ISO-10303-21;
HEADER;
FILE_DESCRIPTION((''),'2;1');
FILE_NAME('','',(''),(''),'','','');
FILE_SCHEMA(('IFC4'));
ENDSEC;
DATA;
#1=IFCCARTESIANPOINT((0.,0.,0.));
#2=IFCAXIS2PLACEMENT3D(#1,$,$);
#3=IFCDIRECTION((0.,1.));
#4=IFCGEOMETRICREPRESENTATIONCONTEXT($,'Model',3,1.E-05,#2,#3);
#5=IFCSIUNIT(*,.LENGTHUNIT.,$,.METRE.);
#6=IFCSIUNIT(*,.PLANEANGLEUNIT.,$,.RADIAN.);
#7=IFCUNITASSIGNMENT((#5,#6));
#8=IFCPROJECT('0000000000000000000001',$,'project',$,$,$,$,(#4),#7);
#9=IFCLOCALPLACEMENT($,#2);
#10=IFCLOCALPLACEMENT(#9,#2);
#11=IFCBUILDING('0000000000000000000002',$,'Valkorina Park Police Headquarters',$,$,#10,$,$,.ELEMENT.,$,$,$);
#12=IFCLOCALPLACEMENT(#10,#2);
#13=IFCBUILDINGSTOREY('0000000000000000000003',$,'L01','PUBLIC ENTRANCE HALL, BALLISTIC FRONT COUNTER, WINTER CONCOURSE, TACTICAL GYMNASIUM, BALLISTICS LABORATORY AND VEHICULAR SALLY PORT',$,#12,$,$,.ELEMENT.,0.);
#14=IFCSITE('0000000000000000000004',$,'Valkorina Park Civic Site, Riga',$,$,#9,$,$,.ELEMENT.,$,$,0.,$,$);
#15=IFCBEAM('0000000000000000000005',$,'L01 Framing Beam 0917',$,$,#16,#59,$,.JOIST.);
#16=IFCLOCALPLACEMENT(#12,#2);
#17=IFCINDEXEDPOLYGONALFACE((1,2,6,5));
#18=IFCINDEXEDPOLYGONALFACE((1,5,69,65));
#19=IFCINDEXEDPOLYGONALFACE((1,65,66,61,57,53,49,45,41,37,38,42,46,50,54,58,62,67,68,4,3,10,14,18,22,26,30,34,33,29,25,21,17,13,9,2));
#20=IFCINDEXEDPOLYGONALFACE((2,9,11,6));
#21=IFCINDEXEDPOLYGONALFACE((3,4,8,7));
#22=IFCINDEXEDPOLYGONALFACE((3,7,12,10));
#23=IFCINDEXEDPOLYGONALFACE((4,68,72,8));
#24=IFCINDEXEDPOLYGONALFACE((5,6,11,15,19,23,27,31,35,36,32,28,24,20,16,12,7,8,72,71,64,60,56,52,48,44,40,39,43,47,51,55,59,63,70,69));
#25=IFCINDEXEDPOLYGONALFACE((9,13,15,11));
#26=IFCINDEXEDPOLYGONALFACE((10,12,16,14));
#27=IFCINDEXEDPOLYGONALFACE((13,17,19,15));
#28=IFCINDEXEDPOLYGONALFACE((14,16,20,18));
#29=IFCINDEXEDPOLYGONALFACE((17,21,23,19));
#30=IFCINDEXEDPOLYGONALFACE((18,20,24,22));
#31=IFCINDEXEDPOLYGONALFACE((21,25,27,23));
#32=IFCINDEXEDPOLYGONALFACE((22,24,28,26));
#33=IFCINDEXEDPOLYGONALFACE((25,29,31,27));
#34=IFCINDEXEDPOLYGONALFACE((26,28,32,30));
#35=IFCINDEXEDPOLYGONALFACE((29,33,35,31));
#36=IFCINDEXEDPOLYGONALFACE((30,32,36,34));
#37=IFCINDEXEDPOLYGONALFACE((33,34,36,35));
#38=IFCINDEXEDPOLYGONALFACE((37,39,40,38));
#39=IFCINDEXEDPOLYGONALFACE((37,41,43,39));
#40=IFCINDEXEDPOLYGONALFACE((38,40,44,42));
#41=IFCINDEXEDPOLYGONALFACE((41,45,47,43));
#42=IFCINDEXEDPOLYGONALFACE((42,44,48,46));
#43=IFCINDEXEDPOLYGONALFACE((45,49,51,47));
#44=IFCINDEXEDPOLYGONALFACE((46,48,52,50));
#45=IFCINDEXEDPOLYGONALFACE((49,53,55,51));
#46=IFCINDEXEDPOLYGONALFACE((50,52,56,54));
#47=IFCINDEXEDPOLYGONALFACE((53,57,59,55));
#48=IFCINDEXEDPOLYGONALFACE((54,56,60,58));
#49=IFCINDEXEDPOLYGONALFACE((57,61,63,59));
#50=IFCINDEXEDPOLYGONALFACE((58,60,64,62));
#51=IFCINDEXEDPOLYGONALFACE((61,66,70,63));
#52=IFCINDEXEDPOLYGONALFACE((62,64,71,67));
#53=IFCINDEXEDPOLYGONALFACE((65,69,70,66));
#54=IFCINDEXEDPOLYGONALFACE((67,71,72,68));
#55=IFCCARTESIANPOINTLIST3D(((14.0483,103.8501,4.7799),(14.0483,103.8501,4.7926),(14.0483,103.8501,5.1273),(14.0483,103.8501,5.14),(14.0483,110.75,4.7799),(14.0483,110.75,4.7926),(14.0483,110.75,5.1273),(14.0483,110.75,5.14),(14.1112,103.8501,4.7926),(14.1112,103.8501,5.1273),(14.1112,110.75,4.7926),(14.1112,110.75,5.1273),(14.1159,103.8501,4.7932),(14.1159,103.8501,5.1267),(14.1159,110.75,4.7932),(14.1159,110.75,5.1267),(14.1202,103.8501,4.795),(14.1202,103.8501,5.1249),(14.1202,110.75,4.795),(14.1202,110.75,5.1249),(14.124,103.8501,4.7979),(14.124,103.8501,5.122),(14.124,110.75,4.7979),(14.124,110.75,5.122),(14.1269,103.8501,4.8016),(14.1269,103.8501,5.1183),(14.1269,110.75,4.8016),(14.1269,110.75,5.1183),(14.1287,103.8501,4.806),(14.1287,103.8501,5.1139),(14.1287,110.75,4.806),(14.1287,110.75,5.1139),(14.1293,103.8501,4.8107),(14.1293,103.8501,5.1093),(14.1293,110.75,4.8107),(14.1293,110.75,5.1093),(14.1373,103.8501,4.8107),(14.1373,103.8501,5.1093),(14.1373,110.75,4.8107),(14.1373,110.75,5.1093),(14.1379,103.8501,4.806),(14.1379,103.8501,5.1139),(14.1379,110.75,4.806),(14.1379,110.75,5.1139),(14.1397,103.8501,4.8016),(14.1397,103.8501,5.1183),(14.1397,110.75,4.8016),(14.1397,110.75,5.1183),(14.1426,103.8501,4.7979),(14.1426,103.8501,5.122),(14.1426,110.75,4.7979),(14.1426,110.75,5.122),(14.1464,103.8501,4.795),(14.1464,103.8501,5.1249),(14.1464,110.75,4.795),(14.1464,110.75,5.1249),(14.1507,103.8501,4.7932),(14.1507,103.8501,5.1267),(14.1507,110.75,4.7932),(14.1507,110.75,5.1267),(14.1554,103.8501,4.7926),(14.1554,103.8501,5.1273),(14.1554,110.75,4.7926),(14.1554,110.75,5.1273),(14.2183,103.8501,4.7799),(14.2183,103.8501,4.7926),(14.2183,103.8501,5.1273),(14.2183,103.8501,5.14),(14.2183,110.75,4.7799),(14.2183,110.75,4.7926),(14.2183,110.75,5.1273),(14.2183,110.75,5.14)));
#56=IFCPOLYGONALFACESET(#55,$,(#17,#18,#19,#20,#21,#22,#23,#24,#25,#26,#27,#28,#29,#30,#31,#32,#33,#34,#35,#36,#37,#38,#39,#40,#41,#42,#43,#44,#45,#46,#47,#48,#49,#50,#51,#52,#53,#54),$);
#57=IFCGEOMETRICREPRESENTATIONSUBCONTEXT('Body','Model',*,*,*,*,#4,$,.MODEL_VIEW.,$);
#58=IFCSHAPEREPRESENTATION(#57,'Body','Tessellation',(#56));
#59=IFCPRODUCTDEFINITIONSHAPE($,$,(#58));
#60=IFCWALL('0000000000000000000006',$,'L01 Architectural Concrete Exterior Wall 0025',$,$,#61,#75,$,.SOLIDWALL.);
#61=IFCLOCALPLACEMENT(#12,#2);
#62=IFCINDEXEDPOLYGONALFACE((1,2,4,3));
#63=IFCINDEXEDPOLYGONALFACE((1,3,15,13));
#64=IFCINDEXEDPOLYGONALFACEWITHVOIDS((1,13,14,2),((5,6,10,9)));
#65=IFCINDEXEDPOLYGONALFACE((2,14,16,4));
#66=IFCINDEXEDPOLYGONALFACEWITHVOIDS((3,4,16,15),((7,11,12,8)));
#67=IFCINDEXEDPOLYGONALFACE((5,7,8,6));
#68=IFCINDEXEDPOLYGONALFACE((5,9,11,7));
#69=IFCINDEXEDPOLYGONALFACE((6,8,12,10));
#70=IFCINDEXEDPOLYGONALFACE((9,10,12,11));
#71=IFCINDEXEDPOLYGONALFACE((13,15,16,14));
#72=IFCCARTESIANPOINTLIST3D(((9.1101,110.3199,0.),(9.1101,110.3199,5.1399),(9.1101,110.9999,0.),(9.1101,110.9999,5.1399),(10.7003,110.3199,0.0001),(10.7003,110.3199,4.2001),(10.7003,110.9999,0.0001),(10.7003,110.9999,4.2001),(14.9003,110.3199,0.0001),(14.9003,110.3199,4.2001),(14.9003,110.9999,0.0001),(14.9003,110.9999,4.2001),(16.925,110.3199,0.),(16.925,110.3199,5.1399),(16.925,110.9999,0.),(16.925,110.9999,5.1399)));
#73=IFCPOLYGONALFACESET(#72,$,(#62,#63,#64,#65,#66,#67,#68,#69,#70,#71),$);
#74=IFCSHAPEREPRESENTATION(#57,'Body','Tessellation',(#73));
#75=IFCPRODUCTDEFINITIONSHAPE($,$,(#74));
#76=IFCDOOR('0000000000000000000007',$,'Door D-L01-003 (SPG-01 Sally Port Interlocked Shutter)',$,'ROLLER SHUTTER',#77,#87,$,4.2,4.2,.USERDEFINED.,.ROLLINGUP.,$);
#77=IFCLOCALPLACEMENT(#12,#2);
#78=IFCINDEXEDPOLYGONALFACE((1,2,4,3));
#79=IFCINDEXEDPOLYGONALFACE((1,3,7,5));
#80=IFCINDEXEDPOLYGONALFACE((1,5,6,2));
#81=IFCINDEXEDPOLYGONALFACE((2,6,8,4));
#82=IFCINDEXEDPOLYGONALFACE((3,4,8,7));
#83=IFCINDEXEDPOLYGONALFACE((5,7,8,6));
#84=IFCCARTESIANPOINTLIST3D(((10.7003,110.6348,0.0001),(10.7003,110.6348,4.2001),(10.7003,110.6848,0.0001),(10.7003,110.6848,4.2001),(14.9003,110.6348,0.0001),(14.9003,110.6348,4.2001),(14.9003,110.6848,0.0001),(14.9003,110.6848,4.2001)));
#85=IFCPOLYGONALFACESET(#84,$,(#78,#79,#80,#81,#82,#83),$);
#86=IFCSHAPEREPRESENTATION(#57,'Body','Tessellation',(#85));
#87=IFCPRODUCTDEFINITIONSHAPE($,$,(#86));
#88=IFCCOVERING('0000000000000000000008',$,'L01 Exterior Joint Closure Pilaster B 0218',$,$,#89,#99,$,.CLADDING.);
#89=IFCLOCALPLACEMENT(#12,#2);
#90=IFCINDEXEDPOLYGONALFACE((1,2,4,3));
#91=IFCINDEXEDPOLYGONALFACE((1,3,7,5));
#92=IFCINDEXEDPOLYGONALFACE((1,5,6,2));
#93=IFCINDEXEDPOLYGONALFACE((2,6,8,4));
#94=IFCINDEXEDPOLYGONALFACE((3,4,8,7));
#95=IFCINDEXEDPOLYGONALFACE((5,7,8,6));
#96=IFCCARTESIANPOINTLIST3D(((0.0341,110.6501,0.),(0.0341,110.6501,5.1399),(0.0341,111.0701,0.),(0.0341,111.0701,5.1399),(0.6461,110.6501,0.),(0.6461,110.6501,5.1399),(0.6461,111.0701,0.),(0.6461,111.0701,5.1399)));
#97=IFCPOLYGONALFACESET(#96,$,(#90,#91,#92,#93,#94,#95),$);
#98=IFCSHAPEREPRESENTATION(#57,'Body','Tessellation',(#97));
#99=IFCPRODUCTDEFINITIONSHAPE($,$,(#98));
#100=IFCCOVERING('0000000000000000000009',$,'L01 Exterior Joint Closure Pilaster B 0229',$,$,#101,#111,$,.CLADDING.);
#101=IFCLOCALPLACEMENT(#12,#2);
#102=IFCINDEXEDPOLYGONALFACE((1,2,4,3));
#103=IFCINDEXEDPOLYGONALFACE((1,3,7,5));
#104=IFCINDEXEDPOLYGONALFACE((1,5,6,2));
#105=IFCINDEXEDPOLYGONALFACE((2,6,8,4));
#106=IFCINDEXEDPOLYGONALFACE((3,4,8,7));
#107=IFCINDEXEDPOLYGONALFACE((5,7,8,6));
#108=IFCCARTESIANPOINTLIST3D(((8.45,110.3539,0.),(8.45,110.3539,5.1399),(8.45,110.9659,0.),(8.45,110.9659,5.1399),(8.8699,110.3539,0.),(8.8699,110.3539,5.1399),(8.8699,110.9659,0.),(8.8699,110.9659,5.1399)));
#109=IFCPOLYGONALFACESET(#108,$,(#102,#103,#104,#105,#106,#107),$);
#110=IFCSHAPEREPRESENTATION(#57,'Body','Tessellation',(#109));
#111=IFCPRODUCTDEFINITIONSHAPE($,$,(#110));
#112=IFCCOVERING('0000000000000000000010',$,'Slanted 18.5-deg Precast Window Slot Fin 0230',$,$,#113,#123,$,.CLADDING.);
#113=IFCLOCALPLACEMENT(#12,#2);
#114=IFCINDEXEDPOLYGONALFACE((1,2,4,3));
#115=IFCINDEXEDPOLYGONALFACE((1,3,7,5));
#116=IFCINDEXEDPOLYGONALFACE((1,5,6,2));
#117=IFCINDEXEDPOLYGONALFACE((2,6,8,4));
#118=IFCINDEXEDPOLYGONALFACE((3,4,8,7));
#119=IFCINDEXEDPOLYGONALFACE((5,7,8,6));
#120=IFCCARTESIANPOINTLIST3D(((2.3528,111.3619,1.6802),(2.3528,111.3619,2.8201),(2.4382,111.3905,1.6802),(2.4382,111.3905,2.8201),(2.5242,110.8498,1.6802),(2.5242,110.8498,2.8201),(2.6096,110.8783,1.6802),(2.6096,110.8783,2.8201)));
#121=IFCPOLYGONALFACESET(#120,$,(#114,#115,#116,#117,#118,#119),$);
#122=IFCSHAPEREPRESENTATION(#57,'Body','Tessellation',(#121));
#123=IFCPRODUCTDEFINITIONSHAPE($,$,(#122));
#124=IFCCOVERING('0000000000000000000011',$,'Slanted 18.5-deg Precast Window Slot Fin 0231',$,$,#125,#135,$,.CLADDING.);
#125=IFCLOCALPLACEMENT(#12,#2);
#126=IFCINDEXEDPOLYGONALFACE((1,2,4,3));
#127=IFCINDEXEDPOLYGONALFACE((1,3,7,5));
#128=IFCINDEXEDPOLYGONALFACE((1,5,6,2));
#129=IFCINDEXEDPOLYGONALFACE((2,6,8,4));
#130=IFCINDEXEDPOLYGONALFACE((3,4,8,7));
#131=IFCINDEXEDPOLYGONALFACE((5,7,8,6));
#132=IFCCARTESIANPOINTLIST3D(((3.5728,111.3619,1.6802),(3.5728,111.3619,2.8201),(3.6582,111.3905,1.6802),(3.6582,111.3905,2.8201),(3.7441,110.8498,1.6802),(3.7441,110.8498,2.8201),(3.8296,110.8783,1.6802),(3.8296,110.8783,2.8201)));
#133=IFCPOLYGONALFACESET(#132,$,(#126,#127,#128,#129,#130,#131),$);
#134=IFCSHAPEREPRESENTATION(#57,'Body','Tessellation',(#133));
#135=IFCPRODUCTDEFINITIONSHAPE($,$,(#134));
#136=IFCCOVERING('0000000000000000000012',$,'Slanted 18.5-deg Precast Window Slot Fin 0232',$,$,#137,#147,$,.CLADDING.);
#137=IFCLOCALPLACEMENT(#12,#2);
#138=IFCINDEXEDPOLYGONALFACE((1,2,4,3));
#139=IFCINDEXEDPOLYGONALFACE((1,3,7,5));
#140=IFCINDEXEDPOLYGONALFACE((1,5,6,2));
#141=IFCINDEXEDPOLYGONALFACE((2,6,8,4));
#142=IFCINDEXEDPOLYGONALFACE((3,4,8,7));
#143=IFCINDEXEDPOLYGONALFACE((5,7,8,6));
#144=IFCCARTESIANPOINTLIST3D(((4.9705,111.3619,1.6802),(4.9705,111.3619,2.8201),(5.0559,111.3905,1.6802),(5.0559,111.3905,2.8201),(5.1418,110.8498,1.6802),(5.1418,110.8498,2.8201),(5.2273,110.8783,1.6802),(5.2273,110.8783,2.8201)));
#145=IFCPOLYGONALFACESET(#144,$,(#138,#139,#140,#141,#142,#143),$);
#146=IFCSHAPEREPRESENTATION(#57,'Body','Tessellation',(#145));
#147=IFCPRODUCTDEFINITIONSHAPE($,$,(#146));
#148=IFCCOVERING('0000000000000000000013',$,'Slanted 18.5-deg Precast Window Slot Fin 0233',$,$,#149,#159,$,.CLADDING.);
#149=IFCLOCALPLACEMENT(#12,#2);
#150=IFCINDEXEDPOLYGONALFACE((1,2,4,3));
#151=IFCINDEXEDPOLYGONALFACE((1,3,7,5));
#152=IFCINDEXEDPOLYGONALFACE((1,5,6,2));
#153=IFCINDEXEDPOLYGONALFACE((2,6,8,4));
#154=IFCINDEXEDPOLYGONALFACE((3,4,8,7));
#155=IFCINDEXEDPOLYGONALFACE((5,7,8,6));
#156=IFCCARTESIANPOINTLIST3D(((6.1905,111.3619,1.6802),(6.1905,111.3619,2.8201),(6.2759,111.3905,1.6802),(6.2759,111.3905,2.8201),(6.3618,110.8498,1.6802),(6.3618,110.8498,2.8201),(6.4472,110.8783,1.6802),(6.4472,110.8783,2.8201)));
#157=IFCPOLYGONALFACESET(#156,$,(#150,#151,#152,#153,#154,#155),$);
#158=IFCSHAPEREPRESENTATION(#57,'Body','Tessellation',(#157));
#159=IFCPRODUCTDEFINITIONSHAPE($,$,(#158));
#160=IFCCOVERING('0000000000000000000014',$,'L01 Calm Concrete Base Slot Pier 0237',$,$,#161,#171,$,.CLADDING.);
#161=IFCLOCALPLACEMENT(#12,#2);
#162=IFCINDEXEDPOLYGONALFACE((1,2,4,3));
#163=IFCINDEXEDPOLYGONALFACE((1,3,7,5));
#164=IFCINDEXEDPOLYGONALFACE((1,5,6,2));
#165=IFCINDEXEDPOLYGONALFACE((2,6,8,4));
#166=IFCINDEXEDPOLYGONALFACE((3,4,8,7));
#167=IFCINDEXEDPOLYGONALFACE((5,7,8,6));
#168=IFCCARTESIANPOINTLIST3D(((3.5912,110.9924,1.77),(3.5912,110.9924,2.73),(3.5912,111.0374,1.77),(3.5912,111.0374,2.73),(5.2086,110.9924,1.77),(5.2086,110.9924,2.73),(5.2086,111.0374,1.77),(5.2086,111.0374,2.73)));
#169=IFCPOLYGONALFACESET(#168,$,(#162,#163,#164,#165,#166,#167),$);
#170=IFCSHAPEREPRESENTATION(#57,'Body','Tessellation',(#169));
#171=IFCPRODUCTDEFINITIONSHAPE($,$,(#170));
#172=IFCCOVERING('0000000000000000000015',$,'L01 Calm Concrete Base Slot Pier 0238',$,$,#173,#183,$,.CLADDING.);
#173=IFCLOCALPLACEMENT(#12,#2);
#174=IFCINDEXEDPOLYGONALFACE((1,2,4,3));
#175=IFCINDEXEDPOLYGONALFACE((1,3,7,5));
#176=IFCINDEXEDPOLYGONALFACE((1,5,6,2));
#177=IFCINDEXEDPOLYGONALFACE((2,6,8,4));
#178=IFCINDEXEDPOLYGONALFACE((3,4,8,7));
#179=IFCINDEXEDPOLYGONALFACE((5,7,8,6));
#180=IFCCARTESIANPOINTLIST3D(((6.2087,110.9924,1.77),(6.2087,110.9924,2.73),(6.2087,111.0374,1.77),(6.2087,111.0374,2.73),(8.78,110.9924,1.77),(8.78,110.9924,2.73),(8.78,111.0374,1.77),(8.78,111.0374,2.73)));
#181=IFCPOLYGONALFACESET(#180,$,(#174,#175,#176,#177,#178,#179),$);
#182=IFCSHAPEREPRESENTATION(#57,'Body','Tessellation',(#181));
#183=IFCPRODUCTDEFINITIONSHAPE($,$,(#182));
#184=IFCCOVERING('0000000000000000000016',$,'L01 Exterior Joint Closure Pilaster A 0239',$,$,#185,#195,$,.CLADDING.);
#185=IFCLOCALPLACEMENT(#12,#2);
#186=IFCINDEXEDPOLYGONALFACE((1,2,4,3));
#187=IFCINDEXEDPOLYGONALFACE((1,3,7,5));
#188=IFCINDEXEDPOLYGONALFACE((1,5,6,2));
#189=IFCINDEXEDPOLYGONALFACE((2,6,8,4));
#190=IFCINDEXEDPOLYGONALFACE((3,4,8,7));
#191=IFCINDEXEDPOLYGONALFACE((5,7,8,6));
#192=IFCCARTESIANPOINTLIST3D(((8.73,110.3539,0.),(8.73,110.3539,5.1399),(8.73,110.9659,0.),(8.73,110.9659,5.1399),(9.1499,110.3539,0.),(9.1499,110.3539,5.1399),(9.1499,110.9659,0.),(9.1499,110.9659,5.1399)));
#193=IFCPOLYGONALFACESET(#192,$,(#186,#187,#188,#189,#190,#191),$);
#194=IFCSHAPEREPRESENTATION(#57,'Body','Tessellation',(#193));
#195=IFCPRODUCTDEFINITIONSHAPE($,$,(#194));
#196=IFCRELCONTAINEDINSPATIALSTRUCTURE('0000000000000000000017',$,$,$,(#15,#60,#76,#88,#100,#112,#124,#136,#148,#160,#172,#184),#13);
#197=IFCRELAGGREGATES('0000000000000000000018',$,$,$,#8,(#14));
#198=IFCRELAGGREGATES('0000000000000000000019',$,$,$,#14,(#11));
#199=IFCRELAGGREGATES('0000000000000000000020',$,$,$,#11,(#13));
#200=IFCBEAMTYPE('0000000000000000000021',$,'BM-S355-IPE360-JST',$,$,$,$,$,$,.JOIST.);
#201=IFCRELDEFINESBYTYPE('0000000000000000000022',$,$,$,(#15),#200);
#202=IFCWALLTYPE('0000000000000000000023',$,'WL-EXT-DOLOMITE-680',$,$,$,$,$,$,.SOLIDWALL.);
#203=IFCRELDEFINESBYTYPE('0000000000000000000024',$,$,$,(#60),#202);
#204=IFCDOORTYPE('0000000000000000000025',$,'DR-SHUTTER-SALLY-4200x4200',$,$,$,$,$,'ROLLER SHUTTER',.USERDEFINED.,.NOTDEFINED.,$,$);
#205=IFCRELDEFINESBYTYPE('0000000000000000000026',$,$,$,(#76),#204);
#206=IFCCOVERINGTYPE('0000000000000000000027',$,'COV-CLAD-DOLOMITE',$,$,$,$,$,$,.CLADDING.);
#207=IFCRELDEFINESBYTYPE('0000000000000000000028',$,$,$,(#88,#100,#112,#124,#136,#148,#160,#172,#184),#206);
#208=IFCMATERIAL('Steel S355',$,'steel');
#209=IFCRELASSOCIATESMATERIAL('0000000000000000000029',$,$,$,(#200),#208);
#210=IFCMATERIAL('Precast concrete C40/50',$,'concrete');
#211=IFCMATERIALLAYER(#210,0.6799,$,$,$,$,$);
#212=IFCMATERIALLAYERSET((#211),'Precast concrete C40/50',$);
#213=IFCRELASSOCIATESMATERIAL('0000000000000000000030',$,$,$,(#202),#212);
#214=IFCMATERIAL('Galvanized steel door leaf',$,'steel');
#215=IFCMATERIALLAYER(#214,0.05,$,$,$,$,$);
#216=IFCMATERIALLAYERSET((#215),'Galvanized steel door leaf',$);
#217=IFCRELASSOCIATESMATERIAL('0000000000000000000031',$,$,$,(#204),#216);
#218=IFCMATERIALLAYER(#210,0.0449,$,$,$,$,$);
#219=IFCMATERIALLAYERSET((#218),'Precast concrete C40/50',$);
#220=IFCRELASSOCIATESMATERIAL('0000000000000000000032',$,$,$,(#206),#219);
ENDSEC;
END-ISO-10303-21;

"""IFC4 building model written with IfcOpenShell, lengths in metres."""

from ifc_helpers import new_model, si_unit, direction, frame, frame_2d, origin, origin_2d, place, context, subcontext, project, spatial, rectangle, i_section, extrude, material, layer, layer_set, material_profile, profile_set, type_object, element, fill, save


model = new_model("IFC4")

# Units and contexts
model_context = context("Model", 3, precision=1e-05, world=origin(), true_north=direction((0.0, 1.0)))
body_context = subcontext(model_context, "Body", "Model", "MODEL_VIEW")
ifc_project = project(units=[si_unit("LENGTHUNIT", "METRE"), si_unit("PLANEANGLEUNIT", "RADIAN")], contexts=[model_context])

# Site, building, storey
site_placement = place(None, origin())
site = spatial("IfcSite", under=ifc_project, at=site_placement, Name="Valkorina Park Civic Site, Riga", CompositionType="ELEMENT", RefElevation=0.0)
building_placement = place(site_placement, origin())
building = spatial("IfcBuilding", under=site, at=building_placement, Name="Valkorina Park Police Headquarters", CompositionType="ELEMENT")
storey_placement = place(building_placement, origin())
storey = spatial("IfcBuildingStorey", under=building, at=storey_placement, Name="L01", Description="PUBLIC ENTRANCE HALL, BALLISTIC FRONT COUNTER, WINTER CONCOURSE, TACTICAL GYMNASIUM, BALLISTICS LABORATORY AND VEHICULAR SALLY PORT", CompositionType="ELEMENT", Elevation=0.0)

# Beam
ifc_material_1 = material(Name="Steel S355", Category="steel")
ifc_material_profile_1 = material_profile(ifc_material_1, i_section(OverallWidth=0.1699, OverallDepth=0.3601, WebThickness=0.0081, FlangeThickness=0.0127, FilletRadius=0.0181, at=origin_2d()), Name="IPE 360")
ifc_profile_set_1 = profile_set([ifc_material_profile_1], Name="Steel S355")
beam_type_1 = type_object("IfcBeamType", Name="BM-S355-IPE360-JST", PredefinedType="JOIST", material=ifc_profile_set_1)
for number, where, z_axis, x_axis, name in (
    (1, (14.1333, 103.8501, 4.96), (0.0, 1.0, 0.0), (-1.0, 0.0, 0.0), "L01 Framing Beam 0917"),
):
    element("IfcBeam", number, at=place(storey_placement, frame(where, z_axis=z_axis, x_axis=x_axis)), inside=storey, type_object=beam_type_1, Name=name, PredefinedType="JOIST", context=body_context, shape_type="SweptSolid", body=[
        extrude(i_section(OverallWidth=0.1699, OverallDepth=0.3601, WebThickness=0.0081, FlangeThickness=0.0127, FilletRadius=0.0181, at=origin_2d()), origin(), (0.0, 0.0, 1.0), 6.8999),
    ])

# Wall, opening, door
ifc_material_2 = material(Name="Precast concrete C40/50", Category="concrete")
ifc_layer_1 = layer(ifc_material_2, 0.6799)
ifc_layer_set_1 = layer_set([ifc_layer_1], Name="Precast concrete C40/50")
wall_type = type_object("IfcWallType", Name="WL-EXT-DOLOMITE-680", PredefinedType="SOLIDWALL", material=ifc_layer_set_1)
wall_placement = place(storey_placement, frame((9.1101, 110.6599, 0.0), z_axis=(0.0, 0.0, 1.0), x_axis=(1.0, 0.0, 0.0)))
wall = element("IfcWall", 2, at=wall_placement, inside=storey, type_object=wall_type, Name="L01 Architectural Concrete Exterior Wall 0025", PredefinedType="SOLIDWALL", context=body_context, shape_type="SweptSolid", body=[
    extrude(rectangle(XDim=7.8149, YDim=0.6799, at=frame_2d((3.9075, 0.0))), origin(), (0.0, 0.0, 1.0), 5.1399),
])
opening_placement = place(wall_placement, frame((1.5901, 0.0, 0.0)))
opening = element("IfcOpeningElement", 3, at=opening_placement, cuts=wall, PredefinedType="OPENING", context=body_context, shape_type="SweptSolid", body=[
    extrude(rectangle(XDim=4.2, YDim=4.2, at=frame_2d((2.1001, 2.1001))), frame((0.0, 0.3501, 0.0), z_axis=(0.0, -1.0, 0.0), x_axis=(1.0, 0.0, 0.0)), (0.0, 0.0, 1.0), 0.7),
])
ifc_material_3 = material(Name="Galvanized steel door leaf", Category="steel")
ifc_layer_2 = layer(ifc_material_3, 0.05)
ifc_layer_set_2 = layer_set([ifc_layer_2], Name="Galvanized steel door leaf")
door_type = type_object("IfcDoorType", Name="DR-SHUTTER-SALLY-4200x4200", ElementType="ROLLER SHUTTER", OperationType="NOTDEFINED", PredefinedType="USERDEFINED", material=ifc_layer_set_2)
door_placement = place(opening_placement, origin())
door = element("IfcDoor", 4, at=door_placement, inside=storey, type_object=door_type, Name="Door D-L01-003 (SPG-01 Sally Port Interlocked Shutter)", ObjectType="ROLLER SHUTTER", OperationType="ROLLINGUP", OverallHeight=4.2, OverallWidth=4.2, PredefinedType="USERDEFINED", context=body_context, shape_type="SweptSolid", body=[
    extrude(rectangle(XDim=4.2, YDim=4.2, at=frame_2d((2.1001, 2.1001))), frame((0.0, 0.0249, 0.0), z_axis=(0.0, -1.0, 0.0), x_axis=(1.0, 0.0, 0.0)), (0.0, 0.0, 1.0), 0.05),
])
fill(opening, door)

# Coverings
ifc_layer_3 = layer(ifc_material_2, 0.0449)
ifc_layer_set_3 = layer_set([ifc_layer_3], Name="Precast concrete C40/50")
covering_type = type_object("IfcCoveringType", Name="COV-CLAD-DOLOMITE", PredefinedType="CLADDING", material=ifc_layer_set_3)
for number, where, z_axis, x_axis, name in (
    (5, (0.3401, 110.8601, 0.0), (0.0, 0.0, 1.0), (0.0, 1.0, 0.0), "L01 Exterior Joint Closure Pilaster B 0218"),
    (6, (8.6599, 110.6599, 0.0), (0.0, 0.0, 1.0), (1.0, 0.0, 0.0), "L01 Exterior Joint Closure Pilaster B 0229"),
):
    element("IfcCovering", number, at=place(storey_placement, frame(where, z_axis=z_axis, x_axis=x_axis)), inside=storey, type_object=covering_type, Name=name, PredefinedType="CLADDING", context=body_context, shape_type="SweptSolid", body=[
        extrude(rectangle(XDim=0.4199, YDim=0.6121, at=origin_2d()), origin(), (0.0, 0.0, 1.0), 5.1399),
    ])
for number, where, z_axis, x_axis, name in (
    (7, (2.4812, 111.1201, 1.6802), (0.0, 0.0, 1.0), (-0.317305, 0.948324, 0.0), "Slanted 18.5-deg Precast Window Slot Fin 0230"),
    (8, (3.7012, 111.1201, 1.6802), (0.0, 0.0, 1.0), (-0.317305, 0.948324, 0.0), "Slanted 18.5-deg Precast Window Slot Fin 0231"),
    (9, (5.0989, 111.1201, 1.6802), (0.0, 0.0, 1.0), (-0.317305, 0.948324, 0.0), "Slanted 18.5-deg Precast Window Slot Fin 0232"),
    (10, (6.3188, 111.1201, 1.6802), (0.0, 0.0, 1.0), (-0.317305, 0.948324, 0.0), "Slanted 18.5-deg Precast Window Slot Fin 0233"),
):
    element("IfcCovering", number, at=place(storey_placement, frame(where, z_axis=z_axis, x_axis=x_axis)), inside=storey, type_object=covering_type, Name=name, PredefinedType="CLADDING", context=body_context, shape_type="SweptSolid", body=[
        extrude(rectangle(XDim=0.54, YDim=0.0901, at=origin_2d()), origin(), (0.0, 0.0, 1.0), 1.1399),
    ])
covering_1_placement = place(storey_placement, frame((3.5913, 111.0149, 1.77), z_axis=(0.0, 0.0, 1.0), x_axis=(1.0, 0.0, 0.0)))
element("IfcCovering", 11, at=covering_1_placement, inside=storey, type_object=covering_type, Name="L01 Calm Concrete Base Slot Pier 0237", PredefinedType="CLADDING", context=body_context, shape_type="SweptSolid", body=[
    extrude(rectangle(XDim=1.6174, YDim=0.0449, at=frame_2d((0.8086, 0.0))), origin(), (0.0, 0.0, 1.0), 0.96),
])
covering_2_placement = place(storey_placement, frame((6.2087, 111.0149, 1.77), z_axis=(0.0, 0.0, 1.0), x_axis=(1.0, 0.0, 0.0)))
element("IfcCovering", 12, at=covering_2_placement, inside=storey, type_object=covering_type, Name="L01 Calm Concrete Base Slot Pier 0238", PredefinedType="CLADDING", context=body_context, shape_type="SweptSolid", body=[
    extrude(rectangle(XDim=2.5713, YDim=0.0449, at=frame_2d((1.2856, 0.0))), origin(), (0.0, 0.0, 1.0), 0.96),
])
covering_3_placement = place(storey_placement, frame((8.9399, 110.6599, 0.0), z_axis=(0.0, 0.0, 1.0), x_axis=(1.0, 0.0, 0.0)))
element("IfcCovering", 13, at=covering_3_placement, inside=storey, type_object=covering_type, Name="L01 Exterior Joint Closure Pilaster A 0239", PredefinedType="CLADDING", context=body_context, shape_type="SweptSolid", body=[
    extrude(rectangle(XDim=0.4199, YDim=0.6121, at=origin_2d()), origin(), (0.0, 0.0, 1.0), 5.1399),
])

save(model, "model.ifc")
